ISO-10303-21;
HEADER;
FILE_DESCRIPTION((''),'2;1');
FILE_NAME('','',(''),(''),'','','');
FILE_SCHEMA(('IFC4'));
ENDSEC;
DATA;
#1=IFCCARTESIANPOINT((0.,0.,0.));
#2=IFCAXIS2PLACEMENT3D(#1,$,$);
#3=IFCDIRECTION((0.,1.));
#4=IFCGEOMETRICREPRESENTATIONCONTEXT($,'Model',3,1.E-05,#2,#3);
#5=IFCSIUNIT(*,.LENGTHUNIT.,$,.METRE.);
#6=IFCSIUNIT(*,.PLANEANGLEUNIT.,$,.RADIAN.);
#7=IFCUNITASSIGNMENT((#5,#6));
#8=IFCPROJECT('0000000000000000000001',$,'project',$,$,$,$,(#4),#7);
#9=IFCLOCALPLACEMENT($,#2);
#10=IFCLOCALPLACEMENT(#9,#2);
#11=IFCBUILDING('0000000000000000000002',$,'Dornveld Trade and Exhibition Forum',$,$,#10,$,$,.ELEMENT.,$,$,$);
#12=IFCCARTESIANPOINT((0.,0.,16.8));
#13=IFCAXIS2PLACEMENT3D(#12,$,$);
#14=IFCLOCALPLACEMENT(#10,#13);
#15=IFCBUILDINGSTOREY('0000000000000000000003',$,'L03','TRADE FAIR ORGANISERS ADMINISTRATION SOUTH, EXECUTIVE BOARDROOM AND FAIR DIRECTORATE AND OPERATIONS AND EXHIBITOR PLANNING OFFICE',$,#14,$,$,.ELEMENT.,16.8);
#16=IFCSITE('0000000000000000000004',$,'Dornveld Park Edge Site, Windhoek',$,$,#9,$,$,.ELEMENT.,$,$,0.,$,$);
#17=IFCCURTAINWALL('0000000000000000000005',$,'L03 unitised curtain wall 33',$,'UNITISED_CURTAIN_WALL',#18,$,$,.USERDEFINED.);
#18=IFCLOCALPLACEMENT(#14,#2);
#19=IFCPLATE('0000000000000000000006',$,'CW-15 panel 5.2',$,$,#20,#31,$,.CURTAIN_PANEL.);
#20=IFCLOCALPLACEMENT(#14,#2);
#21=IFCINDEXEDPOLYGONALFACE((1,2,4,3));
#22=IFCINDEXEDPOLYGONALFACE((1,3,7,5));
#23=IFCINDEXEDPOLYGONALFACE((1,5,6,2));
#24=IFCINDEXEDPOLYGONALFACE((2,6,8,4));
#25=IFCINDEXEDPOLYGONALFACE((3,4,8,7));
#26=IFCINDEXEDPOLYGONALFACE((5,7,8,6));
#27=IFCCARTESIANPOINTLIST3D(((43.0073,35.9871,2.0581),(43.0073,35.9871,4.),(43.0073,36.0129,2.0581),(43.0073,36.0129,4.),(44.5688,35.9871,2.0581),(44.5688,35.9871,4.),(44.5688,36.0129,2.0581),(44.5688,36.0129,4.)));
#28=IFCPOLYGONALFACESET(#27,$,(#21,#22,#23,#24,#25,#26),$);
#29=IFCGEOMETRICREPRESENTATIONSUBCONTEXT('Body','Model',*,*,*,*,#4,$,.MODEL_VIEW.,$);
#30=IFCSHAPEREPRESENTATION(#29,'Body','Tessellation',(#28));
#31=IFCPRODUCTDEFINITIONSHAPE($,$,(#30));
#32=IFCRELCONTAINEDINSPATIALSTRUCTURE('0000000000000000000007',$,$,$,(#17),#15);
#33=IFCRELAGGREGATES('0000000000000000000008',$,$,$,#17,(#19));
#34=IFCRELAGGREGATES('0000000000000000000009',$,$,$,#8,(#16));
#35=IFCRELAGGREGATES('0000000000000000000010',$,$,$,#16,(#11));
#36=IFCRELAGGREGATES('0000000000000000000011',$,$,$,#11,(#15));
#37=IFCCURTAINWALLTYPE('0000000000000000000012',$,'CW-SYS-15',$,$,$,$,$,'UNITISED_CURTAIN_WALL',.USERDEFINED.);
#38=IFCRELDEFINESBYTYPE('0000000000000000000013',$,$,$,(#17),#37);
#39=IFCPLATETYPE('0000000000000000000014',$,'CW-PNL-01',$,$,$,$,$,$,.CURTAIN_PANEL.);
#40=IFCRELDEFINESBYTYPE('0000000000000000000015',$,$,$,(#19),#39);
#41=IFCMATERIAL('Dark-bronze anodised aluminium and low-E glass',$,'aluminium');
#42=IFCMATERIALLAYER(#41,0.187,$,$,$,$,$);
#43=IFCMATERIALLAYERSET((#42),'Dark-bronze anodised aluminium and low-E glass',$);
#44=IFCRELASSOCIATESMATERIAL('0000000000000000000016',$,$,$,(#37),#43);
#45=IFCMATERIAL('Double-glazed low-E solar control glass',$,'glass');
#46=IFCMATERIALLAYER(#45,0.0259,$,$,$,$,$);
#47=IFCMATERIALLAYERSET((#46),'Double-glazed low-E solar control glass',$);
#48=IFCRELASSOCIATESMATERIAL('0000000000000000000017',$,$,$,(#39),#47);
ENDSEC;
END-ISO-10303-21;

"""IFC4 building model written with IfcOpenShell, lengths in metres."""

from ifc_helpers import new_model, si_unit, direction, frame, origin, origin_2d, place, context, subcontext, project, spatial, rectangle, extrude, material, layer, layer_set, type_object, element, aggregate, save


model = new_model("IFC4")

# Units and contexts
model_context = context("Model", 3, precision=1e-05, world=origin(), true_north=direction((0.0, 1.0)))
body_context = subcontext(model_context, "Body", "Model", "MODEL_VIEW")
ifc_project = project(units=[si_unit("LENGTHUNIT", "METRE"), si_unit("PLANEANGLEUNIT", "RADIAN")], contexts=[model_context])

# Site, building, storey
site_placement = place(None, origin())
site = spatial("IfcSite", under=ifc_project, at=site_placement, Name="Dornveld Park Edge Site, Windhoek", CompositionType="ELEMENT", RefElevation=0.0)
building_placement = place(site_placement, origin())
building = spatial("IfcBuilding", under=site, at=building_placement, Name="Dornveld Trade and Exhibition Forum", CompositionType="ELEMENT")
storey_placement = place(building_placement, frame((0.0, 0.0, 16.8)))
storey = spatial("IfcBuildingStorey", under=building, at=storey_placement, Name="L03", Description="TRADE FAIR ORGANISERS ADMINISTRATION SOUTH, EXECUTIVE BOARDROOM AND FAIR DIRECTORATE AND OPERATIONS AND EXHIBITOR PLANNING OFFICE", CompositionType="ELEMENT", Elevation=16.8)

# Curtain wall
ifc_material_1 = material(Name="Dark-bronze anodised aluminium and low-E glass", Category="aluminium")
ifc_layer_1 = layer(ifc_material_1, 0.187)
ifc_layer_set_1 = layer_set([ifc_layer_1], Name="Dark-bronze anodised aluminium and low-E glass")
curtain_wall_type_1 = type_object("IfcCurtainWallType", Name="CW-SYS-15", ElementType="UNITISED_CURTAIN_WALL", PredefinedType="USERDEFINED", material=ifc_layer_set_1)
curtain_wall_1_placement = place(storey_placement, origin())
curtain_wall_1 = element("IfcCurtainWall", 1, at=curtain_wall_1_placement, inside=storey, type_object=curtain_wall_type_1, Name="L03 unitised curtain wall 33", ObjectType="UNITISED_CURTAIN_WALL", PredefinedType="USERDEFINED")

# Plate
ifc_material_2 = material(Name="Double-glazed low-E solar control glass", Category="glass")
ifc_layer_2 = layer(ifc_material_2, 0.0259)
ifc_layer_set_2 = layer_set([ifc_layer_2], Name="Double-glazed low-E solar control glass")
plate_type = type_object("IfcPlateType", Name="CW-PNL-01", PredefinedType="CURTAIN_PANEL", material=ifc_layer_set_2)
plate_1_placement = place(storey_placement, frame((43.7881, 36.0, 2.0581), z_axis=(0.0, 0.0, 1.0), x_axis=(1.0, 0.0, 0.0)))
plate_1 = element("IfcPlate", 2, at=plate_1_placement, type_object=plate_type, Name="CW-15 panel 5.2", PredefinedType="CURTAIN_PANEL", context=body_context, shape_type="SweptSolid", body=[
    extrude(rectangle(XDim=1.5615, YDim=0.0259, at=origin_2d()), origin(), (0.0, 0.0, 1.0), 1.9419),
])
aggregate(curtain_wall_1, [plate_1])

save(model, "model.ifc")
